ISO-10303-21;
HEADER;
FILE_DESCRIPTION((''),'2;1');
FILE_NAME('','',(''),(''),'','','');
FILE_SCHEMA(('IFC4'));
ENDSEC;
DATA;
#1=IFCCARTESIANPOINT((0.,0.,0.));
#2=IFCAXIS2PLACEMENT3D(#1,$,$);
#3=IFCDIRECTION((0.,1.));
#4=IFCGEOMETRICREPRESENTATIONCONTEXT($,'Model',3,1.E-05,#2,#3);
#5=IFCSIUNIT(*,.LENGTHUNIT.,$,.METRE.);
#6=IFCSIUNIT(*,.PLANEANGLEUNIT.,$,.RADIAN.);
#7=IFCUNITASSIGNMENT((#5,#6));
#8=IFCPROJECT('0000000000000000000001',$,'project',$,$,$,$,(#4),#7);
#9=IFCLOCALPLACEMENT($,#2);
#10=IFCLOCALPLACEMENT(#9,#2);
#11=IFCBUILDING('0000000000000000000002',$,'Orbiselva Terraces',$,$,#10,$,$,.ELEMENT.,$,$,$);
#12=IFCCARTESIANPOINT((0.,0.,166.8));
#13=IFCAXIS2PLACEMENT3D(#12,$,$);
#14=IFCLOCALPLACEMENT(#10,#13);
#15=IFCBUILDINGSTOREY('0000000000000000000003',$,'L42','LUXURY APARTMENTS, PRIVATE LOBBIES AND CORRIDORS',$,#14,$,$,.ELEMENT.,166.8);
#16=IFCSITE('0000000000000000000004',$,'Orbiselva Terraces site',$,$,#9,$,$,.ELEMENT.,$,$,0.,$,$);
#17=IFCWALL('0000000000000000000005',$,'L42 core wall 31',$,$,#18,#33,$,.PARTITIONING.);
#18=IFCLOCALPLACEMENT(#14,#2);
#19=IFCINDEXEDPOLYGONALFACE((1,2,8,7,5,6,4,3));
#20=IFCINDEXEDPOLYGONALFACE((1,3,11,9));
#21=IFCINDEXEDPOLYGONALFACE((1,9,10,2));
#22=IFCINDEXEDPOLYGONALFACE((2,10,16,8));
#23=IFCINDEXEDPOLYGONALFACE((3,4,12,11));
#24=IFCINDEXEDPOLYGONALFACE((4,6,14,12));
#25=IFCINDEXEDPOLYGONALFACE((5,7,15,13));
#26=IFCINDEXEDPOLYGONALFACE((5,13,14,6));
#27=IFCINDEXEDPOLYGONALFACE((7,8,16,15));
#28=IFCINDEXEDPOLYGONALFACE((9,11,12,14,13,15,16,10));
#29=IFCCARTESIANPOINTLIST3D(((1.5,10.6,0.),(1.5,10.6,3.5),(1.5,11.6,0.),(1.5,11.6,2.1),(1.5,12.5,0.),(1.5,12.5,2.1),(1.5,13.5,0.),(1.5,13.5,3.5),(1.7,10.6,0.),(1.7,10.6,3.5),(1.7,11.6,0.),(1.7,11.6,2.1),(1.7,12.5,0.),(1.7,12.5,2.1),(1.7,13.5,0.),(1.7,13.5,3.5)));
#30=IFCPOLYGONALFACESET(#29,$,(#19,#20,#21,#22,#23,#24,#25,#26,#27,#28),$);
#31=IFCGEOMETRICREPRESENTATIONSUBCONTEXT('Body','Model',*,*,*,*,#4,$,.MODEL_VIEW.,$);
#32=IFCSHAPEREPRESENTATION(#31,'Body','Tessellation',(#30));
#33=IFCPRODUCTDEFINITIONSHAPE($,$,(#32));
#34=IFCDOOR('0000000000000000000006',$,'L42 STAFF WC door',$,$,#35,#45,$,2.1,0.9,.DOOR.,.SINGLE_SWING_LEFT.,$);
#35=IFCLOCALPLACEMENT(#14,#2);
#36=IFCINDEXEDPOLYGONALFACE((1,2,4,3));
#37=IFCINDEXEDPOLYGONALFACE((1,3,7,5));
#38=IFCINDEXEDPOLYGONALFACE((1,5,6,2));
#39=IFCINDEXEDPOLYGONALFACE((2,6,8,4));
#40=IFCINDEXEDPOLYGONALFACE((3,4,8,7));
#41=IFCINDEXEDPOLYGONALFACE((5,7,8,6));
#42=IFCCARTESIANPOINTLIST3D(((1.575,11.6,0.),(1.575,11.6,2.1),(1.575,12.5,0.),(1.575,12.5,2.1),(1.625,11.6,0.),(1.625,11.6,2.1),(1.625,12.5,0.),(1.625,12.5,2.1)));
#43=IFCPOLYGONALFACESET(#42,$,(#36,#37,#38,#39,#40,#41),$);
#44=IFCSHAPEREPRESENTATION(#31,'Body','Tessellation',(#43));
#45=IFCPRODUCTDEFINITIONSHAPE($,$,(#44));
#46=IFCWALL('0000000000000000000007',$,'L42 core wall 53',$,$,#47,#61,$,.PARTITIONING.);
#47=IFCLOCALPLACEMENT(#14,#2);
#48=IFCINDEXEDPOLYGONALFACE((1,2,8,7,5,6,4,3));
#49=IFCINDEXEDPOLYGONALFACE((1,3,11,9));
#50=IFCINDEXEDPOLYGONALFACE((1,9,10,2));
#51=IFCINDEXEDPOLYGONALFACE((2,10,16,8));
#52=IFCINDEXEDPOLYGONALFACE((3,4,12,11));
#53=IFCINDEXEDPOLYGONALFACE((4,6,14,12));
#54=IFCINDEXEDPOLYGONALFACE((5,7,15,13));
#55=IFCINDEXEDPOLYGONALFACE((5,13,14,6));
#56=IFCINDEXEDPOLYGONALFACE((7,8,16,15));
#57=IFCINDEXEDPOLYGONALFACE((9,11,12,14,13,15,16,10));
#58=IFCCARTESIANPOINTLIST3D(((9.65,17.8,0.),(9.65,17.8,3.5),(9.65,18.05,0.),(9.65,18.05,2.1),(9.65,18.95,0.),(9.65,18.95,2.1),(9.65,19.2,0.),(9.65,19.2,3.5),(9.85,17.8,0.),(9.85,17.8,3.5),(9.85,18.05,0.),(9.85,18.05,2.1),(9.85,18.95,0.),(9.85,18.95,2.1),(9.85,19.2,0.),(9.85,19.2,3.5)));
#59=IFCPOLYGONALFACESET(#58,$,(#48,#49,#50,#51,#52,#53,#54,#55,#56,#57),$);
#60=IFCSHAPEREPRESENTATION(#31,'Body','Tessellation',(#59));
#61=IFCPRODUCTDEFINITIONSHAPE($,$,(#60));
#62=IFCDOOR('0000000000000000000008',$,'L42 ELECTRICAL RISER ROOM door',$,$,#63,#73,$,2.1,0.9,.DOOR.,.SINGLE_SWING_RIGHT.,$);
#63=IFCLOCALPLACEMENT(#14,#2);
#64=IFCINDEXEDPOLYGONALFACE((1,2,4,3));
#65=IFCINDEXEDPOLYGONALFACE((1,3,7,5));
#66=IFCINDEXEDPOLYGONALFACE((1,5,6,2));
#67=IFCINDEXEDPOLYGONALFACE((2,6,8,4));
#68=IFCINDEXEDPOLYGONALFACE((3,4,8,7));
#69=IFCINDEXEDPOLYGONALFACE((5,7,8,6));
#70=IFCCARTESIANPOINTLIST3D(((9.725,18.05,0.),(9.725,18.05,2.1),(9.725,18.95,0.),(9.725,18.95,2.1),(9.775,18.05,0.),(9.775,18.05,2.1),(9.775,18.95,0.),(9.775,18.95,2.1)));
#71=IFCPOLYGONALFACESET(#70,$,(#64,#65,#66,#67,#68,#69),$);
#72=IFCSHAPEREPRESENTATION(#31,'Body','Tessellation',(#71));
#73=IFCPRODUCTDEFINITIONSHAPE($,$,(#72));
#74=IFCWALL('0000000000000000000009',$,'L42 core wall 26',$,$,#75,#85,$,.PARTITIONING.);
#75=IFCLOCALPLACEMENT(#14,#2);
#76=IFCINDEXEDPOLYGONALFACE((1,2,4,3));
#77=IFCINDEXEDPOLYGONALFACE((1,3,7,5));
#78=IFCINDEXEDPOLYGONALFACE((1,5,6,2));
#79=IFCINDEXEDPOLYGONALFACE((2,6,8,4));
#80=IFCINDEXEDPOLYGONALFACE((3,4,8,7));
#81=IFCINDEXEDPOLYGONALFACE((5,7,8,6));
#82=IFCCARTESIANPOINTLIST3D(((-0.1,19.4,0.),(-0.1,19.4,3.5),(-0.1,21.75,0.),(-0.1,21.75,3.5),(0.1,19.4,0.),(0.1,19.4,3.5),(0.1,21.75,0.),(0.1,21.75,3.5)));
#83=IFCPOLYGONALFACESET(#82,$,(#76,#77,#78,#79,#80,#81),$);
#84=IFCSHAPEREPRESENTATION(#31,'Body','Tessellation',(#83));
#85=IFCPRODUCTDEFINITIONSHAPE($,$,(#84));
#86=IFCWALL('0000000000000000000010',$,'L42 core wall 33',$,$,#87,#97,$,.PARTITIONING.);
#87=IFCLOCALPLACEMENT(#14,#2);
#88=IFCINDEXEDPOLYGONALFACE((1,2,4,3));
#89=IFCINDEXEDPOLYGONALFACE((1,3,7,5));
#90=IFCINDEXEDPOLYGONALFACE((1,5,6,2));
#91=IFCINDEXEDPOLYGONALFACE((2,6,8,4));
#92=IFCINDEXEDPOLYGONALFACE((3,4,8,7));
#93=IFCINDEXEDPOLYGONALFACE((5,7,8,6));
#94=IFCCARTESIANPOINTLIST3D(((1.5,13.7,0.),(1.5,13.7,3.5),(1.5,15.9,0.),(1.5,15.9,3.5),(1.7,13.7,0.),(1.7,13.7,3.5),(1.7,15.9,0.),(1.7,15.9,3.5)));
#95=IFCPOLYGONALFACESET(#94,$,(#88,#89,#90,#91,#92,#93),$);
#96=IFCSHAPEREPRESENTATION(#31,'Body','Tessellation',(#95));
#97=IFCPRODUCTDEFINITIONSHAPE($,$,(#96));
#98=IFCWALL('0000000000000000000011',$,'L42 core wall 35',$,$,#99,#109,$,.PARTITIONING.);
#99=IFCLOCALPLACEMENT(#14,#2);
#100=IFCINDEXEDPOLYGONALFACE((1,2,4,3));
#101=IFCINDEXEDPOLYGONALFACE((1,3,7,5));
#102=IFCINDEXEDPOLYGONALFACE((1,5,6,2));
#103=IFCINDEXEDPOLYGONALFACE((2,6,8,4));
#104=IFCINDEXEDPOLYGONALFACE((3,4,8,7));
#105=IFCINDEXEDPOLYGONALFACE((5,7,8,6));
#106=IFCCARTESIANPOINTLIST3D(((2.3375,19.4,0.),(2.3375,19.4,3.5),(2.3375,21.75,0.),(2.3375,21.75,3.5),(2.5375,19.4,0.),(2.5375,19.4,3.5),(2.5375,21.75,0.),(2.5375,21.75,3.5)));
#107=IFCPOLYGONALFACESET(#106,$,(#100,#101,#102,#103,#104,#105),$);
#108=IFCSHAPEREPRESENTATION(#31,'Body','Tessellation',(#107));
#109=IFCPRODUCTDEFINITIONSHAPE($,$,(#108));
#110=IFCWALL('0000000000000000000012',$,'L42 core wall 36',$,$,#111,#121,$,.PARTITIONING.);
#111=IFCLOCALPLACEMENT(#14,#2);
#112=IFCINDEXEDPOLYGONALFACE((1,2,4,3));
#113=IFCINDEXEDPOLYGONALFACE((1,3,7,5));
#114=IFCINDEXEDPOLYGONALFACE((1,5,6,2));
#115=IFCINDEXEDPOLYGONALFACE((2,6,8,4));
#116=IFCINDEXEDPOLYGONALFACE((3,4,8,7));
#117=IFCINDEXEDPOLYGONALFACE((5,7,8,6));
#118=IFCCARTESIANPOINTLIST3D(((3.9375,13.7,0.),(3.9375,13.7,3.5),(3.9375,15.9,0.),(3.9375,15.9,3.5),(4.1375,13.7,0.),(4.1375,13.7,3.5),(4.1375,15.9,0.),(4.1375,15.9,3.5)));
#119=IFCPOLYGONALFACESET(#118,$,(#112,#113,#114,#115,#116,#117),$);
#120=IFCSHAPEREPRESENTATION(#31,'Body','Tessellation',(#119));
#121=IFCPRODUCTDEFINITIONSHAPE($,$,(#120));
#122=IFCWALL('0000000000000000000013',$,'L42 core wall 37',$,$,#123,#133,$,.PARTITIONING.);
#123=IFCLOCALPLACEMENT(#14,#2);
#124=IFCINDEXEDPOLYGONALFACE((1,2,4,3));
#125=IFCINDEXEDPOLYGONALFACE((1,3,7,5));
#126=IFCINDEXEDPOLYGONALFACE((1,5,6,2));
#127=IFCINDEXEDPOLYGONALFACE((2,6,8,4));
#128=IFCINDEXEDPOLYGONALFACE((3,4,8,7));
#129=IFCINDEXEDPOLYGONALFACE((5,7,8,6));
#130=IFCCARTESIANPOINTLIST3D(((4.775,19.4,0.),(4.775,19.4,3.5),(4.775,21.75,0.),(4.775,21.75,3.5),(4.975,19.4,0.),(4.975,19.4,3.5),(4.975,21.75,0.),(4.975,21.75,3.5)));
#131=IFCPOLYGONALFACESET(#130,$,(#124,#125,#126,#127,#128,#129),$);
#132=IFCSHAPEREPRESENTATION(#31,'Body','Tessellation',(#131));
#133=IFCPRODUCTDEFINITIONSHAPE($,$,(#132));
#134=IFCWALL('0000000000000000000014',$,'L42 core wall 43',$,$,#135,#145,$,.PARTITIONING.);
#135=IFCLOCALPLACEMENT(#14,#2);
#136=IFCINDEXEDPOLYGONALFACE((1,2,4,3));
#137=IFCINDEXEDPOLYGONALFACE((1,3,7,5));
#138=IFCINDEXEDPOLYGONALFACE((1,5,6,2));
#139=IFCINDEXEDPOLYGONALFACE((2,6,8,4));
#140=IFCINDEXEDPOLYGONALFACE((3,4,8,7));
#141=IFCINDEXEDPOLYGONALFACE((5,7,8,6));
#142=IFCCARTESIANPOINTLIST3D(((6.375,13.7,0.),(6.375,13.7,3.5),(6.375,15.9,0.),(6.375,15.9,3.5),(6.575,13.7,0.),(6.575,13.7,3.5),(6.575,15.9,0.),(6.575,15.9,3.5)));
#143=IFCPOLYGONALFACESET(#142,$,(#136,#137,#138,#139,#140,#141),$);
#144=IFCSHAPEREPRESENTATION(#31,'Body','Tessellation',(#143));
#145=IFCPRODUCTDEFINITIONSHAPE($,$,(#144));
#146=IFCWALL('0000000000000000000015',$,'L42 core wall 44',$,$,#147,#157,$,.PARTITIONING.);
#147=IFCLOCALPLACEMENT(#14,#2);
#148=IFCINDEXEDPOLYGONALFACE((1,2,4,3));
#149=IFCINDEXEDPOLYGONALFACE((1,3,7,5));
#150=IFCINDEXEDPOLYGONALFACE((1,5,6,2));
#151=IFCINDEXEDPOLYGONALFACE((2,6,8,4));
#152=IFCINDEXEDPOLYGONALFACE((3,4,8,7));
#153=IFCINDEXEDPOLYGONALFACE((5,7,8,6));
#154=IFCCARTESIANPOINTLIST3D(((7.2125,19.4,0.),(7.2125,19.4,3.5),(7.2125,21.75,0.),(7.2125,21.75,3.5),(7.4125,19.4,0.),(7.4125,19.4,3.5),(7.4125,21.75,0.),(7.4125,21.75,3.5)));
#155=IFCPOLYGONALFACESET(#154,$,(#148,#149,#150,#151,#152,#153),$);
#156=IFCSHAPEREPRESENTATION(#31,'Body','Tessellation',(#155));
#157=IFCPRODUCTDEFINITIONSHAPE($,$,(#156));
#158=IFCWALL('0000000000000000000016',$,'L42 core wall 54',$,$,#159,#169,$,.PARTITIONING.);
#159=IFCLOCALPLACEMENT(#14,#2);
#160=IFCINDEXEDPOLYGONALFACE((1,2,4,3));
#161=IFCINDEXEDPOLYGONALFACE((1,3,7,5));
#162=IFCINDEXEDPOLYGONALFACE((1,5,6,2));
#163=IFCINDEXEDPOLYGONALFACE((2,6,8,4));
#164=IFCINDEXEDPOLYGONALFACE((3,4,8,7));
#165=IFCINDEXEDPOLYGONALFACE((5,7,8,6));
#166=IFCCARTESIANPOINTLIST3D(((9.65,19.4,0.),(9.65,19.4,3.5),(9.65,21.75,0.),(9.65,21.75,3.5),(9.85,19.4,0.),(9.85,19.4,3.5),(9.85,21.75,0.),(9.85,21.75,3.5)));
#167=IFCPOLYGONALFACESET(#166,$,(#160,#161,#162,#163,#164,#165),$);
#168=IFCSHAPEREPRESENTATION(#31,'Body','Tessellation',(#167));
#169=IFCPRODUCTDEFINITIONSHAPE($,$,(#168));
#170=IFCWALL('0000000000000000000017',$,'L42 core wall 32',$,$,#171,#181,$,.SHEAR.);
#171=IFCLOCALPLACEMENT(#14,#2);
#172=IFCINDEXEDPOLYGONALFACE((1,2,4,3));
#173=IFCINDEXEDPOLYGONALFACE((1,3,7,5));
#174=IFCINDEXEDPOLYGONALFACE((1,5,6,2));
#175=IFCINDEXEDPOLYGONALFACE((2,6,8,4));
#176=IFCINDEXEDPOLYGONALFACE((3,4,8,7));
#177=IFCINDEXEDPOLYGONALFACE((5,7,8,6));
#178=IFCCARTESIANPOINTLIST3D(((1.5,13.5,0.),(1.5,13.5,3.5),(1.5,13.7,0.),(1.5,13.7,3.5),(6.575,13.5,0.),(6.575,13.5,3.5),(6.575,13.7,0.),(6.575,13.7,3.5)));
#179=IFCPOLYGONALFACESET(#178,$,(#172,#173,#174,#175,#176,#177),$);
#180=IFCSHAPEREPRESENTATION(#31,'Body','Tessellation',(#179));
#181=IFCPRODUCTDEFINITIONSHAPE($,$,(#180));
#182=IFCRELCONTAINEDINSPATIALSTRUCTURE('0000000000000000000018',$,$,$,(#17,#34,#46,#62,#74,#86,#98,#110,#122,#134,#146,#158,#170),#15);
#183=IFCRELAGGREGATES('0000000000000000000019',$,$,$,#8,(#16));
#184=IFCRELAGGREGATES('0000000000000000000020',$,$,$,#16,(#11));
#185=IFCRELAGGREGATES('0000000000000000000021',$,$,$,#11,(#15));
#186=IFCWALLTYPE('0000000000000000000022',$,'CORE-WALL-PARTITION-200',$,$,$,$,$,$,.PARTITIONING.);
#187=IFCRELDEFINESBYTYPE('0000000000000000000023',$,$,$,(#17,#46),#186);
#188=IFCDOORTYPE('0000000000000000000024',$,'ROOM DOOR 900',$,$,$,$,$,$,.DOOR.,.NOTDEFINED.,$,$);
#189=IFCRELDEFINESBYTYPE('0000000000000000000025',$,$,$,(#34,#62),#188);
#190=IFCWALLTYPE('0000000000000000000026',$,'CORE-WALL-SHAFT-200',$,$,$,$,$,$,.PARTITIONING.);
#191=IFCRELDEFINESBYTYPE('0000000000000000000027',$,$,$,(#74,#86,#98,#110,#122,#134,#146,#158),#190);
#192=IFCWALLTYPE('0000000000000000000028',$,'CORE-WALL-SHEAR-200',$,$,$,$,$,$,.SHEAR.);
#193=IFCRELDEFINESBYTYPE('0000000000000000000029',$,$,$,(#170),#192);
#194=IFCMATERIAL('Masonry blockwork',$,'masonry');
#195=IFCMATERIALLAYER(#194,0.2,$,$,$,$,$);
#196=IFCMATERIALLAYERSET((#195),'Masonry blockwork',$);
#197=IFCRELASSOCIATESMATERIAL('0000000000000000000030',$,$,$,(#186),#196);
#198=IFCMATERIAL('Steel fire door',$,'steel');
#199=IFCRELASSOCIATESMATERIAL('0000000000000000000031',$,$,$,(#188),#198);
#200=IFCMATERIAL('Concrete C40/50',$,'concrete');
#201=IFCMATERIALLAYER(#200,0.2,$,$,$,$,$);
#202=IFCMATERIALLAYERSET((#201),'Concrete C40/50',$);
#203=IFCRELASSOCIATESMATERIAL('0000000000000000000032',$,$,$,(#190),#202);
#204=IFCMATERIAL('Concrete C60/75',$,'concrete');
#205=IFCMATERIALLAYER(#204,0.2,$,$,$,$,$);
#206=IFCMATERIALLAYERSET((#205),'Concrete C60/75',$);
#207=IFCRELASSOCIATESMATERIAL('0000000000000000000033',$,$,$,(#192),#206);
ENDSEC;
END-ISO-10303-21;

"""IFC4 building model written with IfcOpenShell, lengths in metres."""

from ifc_helpers import new_model, si_unit, direction, frame, frame_2d, origin, place, context, subcontext, project, spatial, rectangle, extrude, material, layer, layer_set, type_object, element, fill, save


model = new_model("IFC4")

# Units and contexts
model_context = context("Model", 3, precision=1e-05, world=origin(), true_north=direction((0.0, 1.0)))
body_context = subcontext(model_context, "Body", "Model", "MODEL_VIEW")
ifc_project = project(units=[si_unit("LENGTHUNIT", "METRE"), si_unit("PLANEANGLEUNIT", "RADIAN")], contexts=[model_context])

# Site, building, storey
site_placement = place(None, origin())
site = spatial("IfcSite", under=ifc_project, at=site_placement, Name="Orbiselva Terraces site", CompositionType="ELEMENT", RefElevation=0.0)
building_placement = place(site_placement, origin())
building = spatial("IfcBuilding", under=site, at=building_placement, Name="Orbiselva Terraces", CompositionType="ELEMENT")
storey_placement = place(building_placement, frame((0.0, 0.0, 166.8)))
storey = spatial("IfcBuildingStorey", under=building, at=storey_placement, Name="L42", Description="LUXURY APARTMENTS, PRIVATE LOBBIES AND CORRIDORS", CompositionType="ELEMENT", Elevation=166.8)

# Walls, openings, doors
ifc_material_1 = material(Name="Masonry blockwork", Category="masonry")
ifc_layer_1 = layer(ifc_material_1, 0.2)
ifc_layer_set_1 = layer_set([ifc_layer_1], Name="Masonry blockwork")
wall_type_1 = type_object("IfcWallType", Name="CORE-WALL-PARTITION-200", PredefinedType="PARTITIONING", material=ifc_layer_set_1)
wall_1_placement = place(storey_placement, frame((1.6, 13.5, 0.0), z_axis=(0.0, 0.0, 1.0), x_axis=(0.0, -1.0, 0.0)))
wall_1 = element("IfcWall", 1, at=wall_1_placement, inside=storey, type_object=wall_type_1, Name="L42 core wall 31", PredefinedType="PARTITIONING", context=body_context, shape_type="SweptSolid", body=[
    extrude(rectangle(XDim=2.9, YDim=0.2, at=frame_2d((1.45, 0.0))), origin(), (0.0, 0.0, 1.0), 3.5),
])
opening_1_placement = place(wall_1_placement, frame((1.0, 0.0, 0.0)))
opening_1 = element("IfcOpeningElement", 2, at=opening_1_placement, cuts=wall_1, PredefinedType="OPENING", context=body_context, shape_type="SweptSolid", body=[
    extrude(rectangle(XDim=0.9, YDim=2.1, at=frame_2d((0.45, 1.05))), frame((0.0, 0.11, 0.0), z_axis=(0.0, -1.0, 0.0), x_axis=(1.0, 0.0, 0.0)), (0.0, 0.0, 1.0), 0.22),
])
ifc_material_2 = material(Name="Steel fire door", Category="steel")
door_type_1 = type_object("IfcDoorType", Name="ROOM DOOR 900", OperationType="NOTDEFINED", PredefinedType="DOOR", material=ifc_material_2)
door_1_placement = place(opening_1_placement, origin())
door_1 = element("IfcDoor", 3, at=door_1_placement, inside=storey, type_object=door_type_1, Name="L42 STAFF WC door", OperationType="SINGLE_SWING_LEFT", OverallHeight=2.1, OverallWidth=0.9, PredefinedType="DOOR", context=body_context, shape_type="SweptSolid", body=[
    extrude(rectangle(XDim=0.9, YDim=2.1, at=frame_2d((0.45, 1.05))), frame((0.0, 0.025, 0.0), z_axis=(0.0, -1.0, 0.0), x_axis=(1.0, 0.0, 0.0)), (0.0, 0.0, 1.0), 0.05),
])
fill(opening_1, door_1)
wall_2_placement = place(storey_placement, frame((9.75, 19.2, 0.0), z_axis=(0.0, 0.0, 1.0), x_axis=(0.0, -1.0, 0.0)))
wall_2 = element("IfcWall", 4, at=wall_2_placement, inside=storey, type_object=wall_type_1, Name="L42 core wall 53", PredefinedType="PARTITIONING", context=body_context, shape_type="SweptSolid", body=[
    extrude(rectangle(XDim=1.4, YDim=0.2, at=frame_2d((0.7, 0.0))), origin(), (0.0, 0.0, 1.0), 3.5),
])
opening_2_placement = place(wall_2_placement, frame((0.25, 0.0, 0.0)))
opening_2 = element("IfcOpeningElement", 5, at=opening_2_placement, cuts=wall_2, PredefinedType="OPENING", context=body_context, shape_type="SweptSolid", body=[
    extrude(rectangle(XDim=0.9, YDim=2.1, at=frame_2d((0.45, 1.05))), frame((0.0, 0.11, 0.0), z_axis=(0.0, -1.0, 0.0), x_axis=(1.0, 0.0, 0.0)), (0.0, 0.0, 1.0), 0.22),
])
door_2_placement = place(opening_2_placement, origin())
door_2 = element("IfcDoor", 6, at=door_2_placement, inside=storey, type_object=door_type_1, Name="L42 ELECTRICAL RISER ROOM door", OperationType="SINGLE_SWING_RIGHT", OverallHeight=2.1, OverallWidth=0.9, PredefinedType="DOOR", context=body_context, shape_type="SweptSolid", body=[
    extrude(rectangle(XDim=0.9, YDim=2.1, at=frame_2d((0.45, 1.05))), frame((0.0, 0.025, 0.0), z_axis=(0.0, -1.0, 0.0), x_axis=(1.0, 0.0, 0.0)), (0.0, 0.0, 1.0), 0.05),
])
fill(opening_2, door_2)

# Walls
ifc_material_3 = material(Name="Concrete C40/50", Category="concrete")
ifc_layer_2 = layer(ifc_material_3, 0.2)
ifc_layer_set_2 = layer_set([ifc_layer_2], Name="Concrete C40/50")
wall_type_2 = type_object("IfcWallType", Name="CORE-WALL-SHAFT-200", PredefinedType="PARTITIONING", material=ifc_layer_set_2)
wall_3_placement = place(storey_placement, frame((0.0, 19.4, 0.0), z_axis=(0.0, 0.0, 1.0), x_axis=(0.0, 1.0, 0.0)))
element("IfcWall", 7, at=wall_3_placement, inside=storey, type_object=wall_type_2, Name="L42 core wall 26", PredefinedType="PARTITIONING", context=body_context, shape_type="SweptSolid", body=[
    extrude(rectangle(XDim=2.35, YDim=0.2, at=frame_2d((1.175, 0.0))), origin(), (0.0, 0.0, 1.0), 3.5),
])
wall_4_placement = place(storey_placement, frame((1.6, 13.7, 0.0), z_axis=(0.0, 0.0, 1.0), x_axis=(0.0, 1.0, 0.0)))
element("IfcWall", 8, at=wall_4_placement, inside=storey, type_object=wall_type_2, Name="L42 core wall 33", PredefinedType="PARTITIONING", context=body_context, shape_type="SweptSolid", body=[
    extrude(rectangle(XDim=2.2, YDim=0.2, at=frame_2d((1.1, 0.0))), origin(), (0.0, 0.0, 1.0), 3.5),
])
wall_5_placement = place(storey_placement, frame((2.4375, 19.4, 0.0), z_axis=(0.0, 0.0, 1.0), x_axis=(0.0, 1.0, 0.0)))
element("IfcWall", 9, at=wall_5_placement, inside=storey, type_object=wall_type_2, Name="L42 core wall 35", PredefinedType="PARTITIONING", context=body_context, shape_type="SweptSolid", body=[
    extrude(rectangle(XDim=2.35, YDim=0.2, at=frame_2d((1.175, 0.0))), origin(), (0.0, 0.0, 1.0), 3.5),
])
wall_6_placement = place(storey_placement, frame((4.0375, 13.7, 0.0), z_axis=(0.0, 0.0, 1.0), x_axis=(0.0, 1.0, 0.0)))
element("IfcWall", 10, at=wall_6_placement, inside=storey, type_object=wall_type_2, Name="L42 core wall 36", PredefinedType="PARTITIONING", context=body_context, shape_type="SweptSolid", body=[
    extrude(rectangle(XDim=2.2, YDim=0.2, at=frame_2d((1.1, 0.0))), origin(), (0.0, 0.0, 1.0), 3.5),
])
wall_7_placement = place(storey_placement, frame((4.875, 19.4, 0.0), z_axis=(0.0, 0.0, 1.0), x_axis=(0.0, 1.0, 0.0)))
element("IfcWall", 11, at=wall_7_placement, inside=storey, type_object=wall_type_2, Name="L42 core wall 37", PredefinedType="PARTITIONING", context=body_context, shape_type="SweptSolid", body=[
    extrude(rectangle(XDim=2.35, YDim=0.2, at=frame_2d((1.175, 0.0))), origin(), (0.0, 0.0, 1.0), 3.5),
])
wall_8_placement = place(storey_placement, frame((6.475, 13.7, 0.0), z_axis=(0.0, 0.0, 1.0), x_axis=(0.0, 1.0, 0.0)))
element("IfcWall", 12, at=wall_8_placement, inside=storey, type_object=wall_type_2, Name="L42 core wall 43", PredefinedType="PARTITIONING", context=body_context, shape_type="SweptSolid", body=[
    extrude(rectangle(XDim=2.2, YDim=0.2, at=frame_2d((1.1, 0.0))), origin(), (0.0, 0.0, 1.0), 3.5),
])
for number, where, z_axis, x_axis, name in (
    (13, (7.3125, 19.4, 0.0), (0.0, 0.0, 1.0), (0.0, 1.0, 0.0), "L42 core wall 44"),
    (14, (9.75, 19.4, 0.0), (0.0, 0.0, 1.0), (0.0, 1.0, 0.0), "L42 core wall 54"),
):
    element("IfcWall", number, at=place(storey_placement, frame(where, z_axis=z_axis, x_axis=x_axis)), inside=storey, type_object=wall_type_2, Name=name, PredefinedType="PARTITIONING", context=body_context, shape_type="SweptSolid", body=[
        extrude(rectangle(XDim=2.35, YDim=0.2, at=frame_2d((1.175, 0.0))), origin(), (0.0, 0.0, 1.0), 3.5),
    ])
ifc_material_4 = material(Name="Concrete C60/75", Category="concrete")
ifc_layer_3 = layer(ifc_material_4, 0.2)
ifc_layer_set_3 = layer_set([ifc_layer_3], Name="Concrete C60/75")
wall_type_3 = type_object("IfcWallType", Name="CORE-WALL-SHEAR-200", PredefinedType="SHEAR", material=ifc_layer_set_3)
wall_9_placement = place(storey_placement, frame((1.5, 13.6, 0.0), z_axis=(0.0, 0.0, 1.0), x_axis=(1.0, 0.0, 0.0)))
element("IfcWall", 15, at=wall_9_placement, inside=storey, type_object=wall_type_3, Name="L42 core wall 32", PredefinedType="SHEAR", context=body_context, shape_type="SweptSolid", body=[
    extrude(rectangle(XDim=5.075, YDim=0.2, at=frame_2d((2.5375, 0.0))), origin(), (0.0, 0.0, 1.0), 3.5),
])

save(model, "model.ifc")
